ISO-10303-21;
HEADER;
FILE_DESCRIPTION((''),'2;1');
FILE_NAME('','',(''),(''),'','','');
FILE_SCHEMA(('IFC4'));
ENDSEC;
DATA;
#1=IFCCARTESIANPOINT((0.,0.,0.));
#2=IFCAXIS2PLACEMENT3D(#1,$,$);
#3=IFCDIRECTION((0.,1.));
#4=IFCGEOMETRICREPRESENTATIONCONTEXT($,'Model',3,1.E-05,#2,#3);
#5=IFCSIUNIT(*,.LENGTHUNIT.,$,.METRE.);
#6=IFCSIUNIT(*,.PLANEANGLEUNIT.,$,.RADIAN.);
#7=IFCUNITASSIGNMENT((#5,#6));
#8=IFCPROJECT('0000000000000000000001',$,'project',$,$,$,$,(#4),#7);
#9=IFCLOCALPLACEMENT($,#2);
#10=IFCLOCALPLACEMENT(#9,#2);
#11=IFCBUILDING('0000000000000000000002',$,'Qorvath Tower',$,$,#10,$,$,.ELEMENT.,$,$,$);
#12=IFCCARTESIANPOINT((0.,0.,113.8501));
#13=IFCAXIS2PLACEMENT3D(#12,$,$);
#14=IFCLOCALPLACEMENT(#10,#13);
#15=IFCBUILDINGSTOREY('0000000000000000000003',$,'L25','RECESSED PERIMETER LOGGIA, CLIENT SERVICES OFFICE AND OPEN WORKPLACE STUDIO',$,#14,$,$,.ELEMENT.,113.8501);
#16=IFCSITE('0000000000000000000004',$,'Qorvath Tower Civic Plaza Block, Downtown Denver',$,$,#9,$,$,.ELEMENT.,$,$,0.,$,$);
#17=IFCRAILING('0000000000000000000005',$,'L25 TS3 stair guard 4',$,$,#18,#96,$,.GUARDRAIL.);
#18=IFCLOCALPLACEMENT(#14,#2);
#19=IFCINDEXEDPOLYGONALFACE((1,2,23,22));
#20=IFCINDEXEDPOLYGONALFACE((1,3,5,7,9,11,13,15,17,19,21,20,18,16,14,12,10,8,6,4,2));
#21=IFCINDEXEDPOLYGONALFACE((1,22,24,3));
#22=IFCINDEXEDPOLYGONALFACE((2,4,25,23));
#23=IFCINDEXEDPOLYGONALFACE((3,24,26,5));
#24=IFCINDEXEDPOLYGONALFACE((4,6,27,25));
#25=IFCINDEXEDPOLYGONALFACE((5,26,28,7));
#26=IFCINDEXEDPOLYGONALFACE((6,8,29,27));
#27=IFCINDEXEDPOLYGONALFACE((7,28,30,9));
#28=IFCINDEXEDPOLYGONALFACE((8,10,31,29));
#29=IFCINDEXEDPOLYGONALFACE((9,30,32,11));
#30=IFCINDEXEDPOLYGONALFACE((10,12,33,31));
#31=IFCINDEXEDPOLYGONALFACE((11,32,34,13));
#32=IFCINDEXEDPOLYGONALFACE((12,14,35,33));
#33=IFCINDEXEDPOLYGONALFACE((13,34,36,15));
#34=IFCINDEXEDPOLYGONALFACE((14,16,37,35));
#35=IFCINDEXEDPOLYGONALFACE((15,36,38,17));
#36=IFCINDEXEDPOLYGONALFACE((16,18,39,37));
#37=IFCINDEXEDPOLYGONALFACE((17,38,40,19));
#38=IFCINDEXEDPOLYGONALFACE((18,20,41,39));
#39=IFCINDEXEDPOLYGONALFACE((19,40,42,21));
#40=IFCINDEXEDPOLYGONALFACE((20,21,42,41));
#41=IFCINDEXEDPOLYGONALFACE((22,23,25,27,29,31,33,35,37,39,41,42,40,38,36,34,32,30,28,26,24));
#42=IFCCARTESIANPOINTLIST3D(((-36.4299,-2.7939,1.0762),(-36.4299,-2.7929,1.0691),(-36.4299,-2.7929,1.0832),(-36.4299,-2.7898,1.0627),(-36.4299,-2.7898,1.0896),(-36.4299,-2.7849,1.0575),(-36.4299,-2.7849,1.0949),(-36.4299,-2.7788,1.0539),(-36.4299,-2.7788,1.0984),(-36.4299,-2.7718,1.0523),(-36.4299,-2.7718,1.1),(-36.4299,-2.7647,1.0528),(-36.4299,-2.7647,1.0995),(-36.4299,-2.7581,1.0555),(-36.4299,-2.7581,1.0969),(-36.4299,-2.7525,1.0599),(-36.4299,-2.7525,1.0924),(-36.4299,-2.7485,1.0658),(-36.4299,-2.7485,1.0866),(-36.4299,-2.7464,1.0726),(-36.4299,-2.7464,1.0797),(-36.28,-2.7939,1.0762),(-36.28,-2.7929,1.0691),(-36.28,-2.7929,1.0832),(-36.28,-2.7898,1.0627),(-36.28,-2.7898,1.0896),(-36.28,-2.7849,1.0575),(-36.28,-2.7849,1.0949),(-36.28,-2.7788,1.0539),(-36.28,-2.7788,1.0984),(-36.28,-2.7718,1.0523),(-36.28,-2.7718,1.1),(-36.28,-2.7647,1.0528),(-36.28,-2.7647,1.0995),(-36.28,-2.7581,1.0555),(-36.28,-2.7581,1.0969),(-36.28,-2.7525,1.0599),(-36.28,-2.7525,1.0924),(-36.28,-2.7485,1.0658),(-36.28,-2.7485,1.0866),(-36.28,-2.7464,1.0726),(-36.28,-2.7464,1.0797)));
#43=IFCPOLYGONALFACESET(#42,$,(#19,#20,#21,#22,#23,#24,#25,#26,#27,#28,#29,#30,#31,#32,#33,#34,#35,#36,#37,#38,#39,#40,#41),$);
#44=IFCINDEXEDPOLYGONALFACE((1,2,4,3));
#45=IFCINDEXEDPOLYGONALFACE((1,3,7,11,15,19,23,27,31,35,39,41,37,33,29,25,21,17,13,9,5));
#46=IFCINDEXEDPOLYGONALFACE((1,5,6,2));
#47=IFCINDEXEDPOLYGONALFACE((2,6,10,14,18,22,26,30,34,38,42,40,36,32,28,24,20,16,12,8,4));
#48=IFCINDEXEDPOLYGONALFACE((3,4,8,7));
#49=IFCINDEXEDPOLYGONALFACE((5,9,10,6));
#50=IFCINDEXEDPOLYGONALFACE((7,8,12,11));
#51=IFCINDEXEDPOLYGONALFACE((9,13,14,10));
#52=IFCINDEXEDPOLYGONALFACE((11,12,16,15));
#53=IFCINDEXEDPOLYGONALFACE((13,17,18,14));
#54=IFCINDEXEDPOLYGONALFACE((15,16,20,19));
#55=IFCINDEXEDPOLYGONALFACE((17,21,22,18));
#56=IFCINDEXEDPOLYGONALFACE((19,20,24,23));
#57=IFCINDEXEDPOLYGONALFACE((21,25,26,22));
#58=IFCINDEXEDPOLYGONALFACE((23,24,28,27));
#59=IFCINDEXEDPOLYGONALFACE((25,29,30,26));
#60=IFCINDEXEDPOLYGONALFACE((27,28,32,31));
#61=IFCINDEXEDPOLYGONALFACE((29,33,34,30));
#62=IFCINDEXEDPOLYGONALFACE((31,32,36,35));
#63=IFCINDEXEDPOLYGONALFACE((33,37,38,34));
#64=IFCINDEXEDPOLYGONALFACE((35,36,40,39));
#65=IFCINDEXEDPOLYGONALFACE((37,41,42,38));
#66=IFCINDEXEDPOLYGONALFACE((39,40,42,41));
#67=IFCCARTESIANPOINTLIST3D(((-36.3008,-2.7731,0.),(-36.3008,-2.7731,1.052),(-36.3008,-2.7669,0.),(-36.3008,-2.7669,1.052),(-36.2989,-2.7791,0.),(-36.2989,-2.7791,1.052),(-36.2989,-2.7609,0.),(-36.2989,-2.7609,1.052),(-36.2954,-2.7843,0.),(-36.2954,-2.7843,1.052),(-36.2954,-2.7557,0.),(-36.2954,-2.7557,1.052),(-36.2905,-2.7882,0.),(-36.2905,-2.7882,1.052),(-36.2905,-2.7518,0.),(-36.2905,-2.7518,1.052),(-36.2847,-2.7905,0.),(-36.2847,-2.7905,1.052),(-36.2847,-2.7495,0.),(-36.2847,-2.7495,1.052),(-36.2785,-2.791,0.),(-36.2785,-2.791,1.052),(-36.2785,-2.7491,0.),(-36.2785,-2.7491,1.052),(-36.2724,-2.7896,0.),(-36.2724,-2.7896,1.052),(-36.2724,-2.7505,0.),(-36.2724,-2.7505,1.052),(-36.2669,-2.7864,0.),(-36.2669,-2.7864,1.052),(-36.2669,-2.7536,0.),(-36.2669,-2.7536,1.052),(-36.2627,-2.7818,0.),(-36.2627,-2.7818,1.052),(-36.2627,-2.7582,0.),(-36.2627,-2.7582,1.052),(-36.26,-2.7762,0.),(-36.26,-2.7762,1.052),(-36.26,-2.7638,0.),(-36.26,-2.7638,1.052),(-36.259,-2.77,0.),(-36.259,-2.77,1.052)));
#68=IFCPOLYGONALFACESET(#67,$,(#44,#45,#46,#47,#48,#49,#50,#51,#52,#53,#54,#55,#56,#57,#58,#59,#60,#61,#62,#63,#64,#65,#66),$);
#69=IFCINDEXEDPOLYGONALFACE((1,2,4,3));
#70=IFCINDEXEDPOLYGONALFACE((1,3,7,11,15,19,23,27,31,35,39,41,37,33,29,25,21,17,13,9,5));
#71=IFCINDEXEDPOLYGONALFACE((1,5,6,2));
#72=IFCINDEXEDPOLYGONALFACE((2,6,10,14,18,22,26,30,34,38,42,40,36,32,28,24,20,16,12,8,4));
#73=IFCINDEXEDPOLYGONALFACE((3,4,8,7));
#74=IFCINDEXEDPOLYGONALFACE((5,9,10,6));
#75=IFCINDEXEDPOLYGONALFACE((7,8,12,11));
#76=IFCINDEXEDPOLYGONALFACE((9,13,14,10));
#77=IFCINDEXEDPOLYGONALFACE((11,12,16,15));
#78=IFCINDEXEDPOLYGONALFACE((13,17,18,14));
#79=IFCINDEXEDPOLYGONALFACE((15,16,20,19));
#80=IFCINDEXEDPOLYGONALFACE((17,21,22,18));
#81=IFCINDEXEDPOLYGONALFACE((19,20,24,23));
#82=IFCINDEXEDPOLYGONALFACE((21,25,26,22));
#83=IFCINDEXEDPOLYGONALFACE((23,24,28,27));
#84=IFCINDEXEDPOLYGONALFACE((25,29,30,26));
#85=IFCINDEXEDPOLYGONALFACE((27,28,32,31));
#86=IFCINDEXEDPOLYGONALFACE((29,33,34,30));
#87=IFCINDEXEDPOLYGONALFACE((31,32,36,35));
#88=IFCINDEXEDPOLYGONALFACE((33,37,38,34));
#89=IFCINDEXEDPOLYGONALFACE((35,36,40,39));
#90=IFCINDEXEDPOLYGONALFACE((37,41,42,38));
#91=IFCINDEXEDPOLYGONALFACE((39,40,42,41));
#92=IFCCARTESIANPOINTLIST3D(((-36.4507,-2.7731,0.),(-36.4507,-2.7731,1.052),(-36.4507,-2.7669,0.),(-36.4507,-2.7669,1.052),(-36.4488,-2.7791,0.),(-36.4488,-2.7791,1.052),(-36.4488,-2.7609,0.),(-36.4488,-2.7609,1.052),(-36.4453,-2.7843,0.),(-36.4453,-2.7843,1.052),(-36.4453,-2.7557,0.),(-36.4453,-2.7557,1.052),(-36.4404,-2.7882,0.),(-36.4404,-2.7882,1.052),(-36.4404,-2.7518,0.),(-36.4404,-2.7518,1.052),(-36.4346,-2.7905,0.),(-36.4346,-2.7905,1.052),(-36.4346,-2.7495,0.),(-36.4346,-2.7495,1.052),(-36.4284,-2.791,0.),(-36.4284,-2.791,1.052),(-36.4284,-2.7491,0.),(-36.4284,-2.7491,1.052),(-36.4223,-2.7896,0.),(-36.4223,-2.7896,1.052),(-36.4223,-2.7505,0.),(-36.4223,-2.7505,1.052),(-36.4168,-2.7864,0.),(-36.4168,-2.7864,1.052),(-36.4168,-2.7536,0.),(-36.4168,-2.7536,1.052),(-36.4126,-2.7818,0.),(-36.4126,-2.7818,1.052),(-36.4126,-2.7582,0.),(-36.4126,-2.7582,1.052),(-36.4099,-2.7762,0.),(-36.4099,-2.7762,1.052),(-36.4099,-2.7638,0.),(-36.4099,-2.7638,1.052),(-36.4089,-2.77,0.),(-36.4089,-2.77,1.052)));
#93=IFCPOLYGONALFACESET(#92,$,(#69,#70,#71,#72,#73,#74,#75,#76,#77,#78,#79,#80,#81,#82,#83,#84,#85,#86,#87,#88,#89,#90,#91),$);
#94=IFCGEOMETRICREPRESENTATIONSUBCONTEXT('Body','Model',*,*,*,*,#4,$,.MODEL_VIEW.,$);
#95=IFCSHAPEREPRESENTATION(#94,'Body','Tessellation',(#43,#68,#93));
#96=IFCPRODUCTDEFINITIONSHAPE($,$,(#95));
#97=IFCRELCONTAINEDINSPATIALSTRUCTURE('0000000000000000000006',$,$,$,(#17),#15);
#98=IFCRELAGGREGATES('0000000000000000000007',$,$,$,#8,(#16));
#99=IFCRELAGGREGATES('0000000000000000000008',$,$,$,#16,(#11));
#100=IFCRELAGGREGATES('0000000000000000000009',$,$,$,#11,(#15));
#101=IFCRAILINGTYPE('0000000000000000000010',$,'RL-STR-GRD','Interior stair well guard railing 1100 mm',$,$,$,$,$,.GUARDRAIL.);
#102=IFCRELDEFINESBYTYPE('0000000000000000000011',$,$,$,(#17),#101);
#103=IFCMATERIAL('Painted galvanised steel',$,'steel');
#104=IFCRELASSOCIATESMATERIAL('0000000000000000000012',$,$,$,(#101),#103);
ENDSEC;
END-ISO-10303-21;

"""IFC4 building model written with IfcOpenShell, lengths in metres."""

from ifc_helpers import new_model, si_unit, direction, frame, origin, origin_2d, place, context, subcontext, project, spatial, circle, extrude, material, type_object, element, save


model = new_model("IFC4")

# Units and contexts
model_context = context("Model", 3, precision=1e-05, world=origin(), true_north=direction((0.0, 1.0)))
body_context = subcontext(model_context, "Body", "Model", "MODEL_VIEW")
ifc_project = project(units=[si_unit("LENGTHUNIT", "METRE"), si_unit("PLANEANGLEUNIT", "RADIAN")], contexts=[model_context])

# Site, building, storey
site_placement = place(None, origin())
site = spatial("IfcSite", under=ifc_project, at=site_placement, Name="Qorvath Tower Civic Plaza Block, Downtown Denver", CompositionType="ELEMENT", RefElevation=0.0)
building_placement = place(site_placement, origin())
building = spatial("IfcBuilding", under=site, at=building_placement, Name="Qorvath Tower", CompositionType="ELEMENT")
storey_placement = place(building_placement, frame((0.0, 0.0, 113.8501)))
storey = spatial("IfcBuildingStorey", under=building, at=storey_placement, Name="L25", Description="RECESSED PERIMETER LOGGIA, CLIENT SERVICES OFFICE AND OPEN WORKPLACE STUDIO", CompositionType="ELEMENT", Elevation=113.8501)

# Railing
ifc_material_1 = material(Name="Painted galvanised steel", Category="steel")
railing_type_1 = type_object("IfcRailingType", Name="RL-STR-GRD", Description="Interior stair well guard railing 1100 mm", PredefinedType="GUARDRAIL", material=ifc_material_1)
railing_1_placement = place(storey_placement, frame((-36.28, -2.77, 0.0)))
element("IfcRailing", 1, at=railing_1_placement, inside=storey, type_object=railing_type_1, Name="L25 TS3 stair guard 4", PredefinedType="GUARDRAIL", context=body_context, shape_type="SweptSolid", body=[
    extrude(circle(Radius=0.0239, at=origin_2d()), frame((0.0, 0.0, 1.0762), z_axis=(-1.0, 0.0, 0.0), x_axis=(0.0, -1.0, 0.0)), (0.0, 0.0, 1.0), 0.1499),
    extrude(circle(Radius=0.021, at=origin_2d()), origin(), (0.0, 0.0, 1.0), 1.052),
    extrude(circle(Radius=0.021, at=origin_2d()), frame((-0.1499, 0.0, 0.0)), (0.0, 0.0, 1.0), 1.052),
])

save(model, "model.ifc")
